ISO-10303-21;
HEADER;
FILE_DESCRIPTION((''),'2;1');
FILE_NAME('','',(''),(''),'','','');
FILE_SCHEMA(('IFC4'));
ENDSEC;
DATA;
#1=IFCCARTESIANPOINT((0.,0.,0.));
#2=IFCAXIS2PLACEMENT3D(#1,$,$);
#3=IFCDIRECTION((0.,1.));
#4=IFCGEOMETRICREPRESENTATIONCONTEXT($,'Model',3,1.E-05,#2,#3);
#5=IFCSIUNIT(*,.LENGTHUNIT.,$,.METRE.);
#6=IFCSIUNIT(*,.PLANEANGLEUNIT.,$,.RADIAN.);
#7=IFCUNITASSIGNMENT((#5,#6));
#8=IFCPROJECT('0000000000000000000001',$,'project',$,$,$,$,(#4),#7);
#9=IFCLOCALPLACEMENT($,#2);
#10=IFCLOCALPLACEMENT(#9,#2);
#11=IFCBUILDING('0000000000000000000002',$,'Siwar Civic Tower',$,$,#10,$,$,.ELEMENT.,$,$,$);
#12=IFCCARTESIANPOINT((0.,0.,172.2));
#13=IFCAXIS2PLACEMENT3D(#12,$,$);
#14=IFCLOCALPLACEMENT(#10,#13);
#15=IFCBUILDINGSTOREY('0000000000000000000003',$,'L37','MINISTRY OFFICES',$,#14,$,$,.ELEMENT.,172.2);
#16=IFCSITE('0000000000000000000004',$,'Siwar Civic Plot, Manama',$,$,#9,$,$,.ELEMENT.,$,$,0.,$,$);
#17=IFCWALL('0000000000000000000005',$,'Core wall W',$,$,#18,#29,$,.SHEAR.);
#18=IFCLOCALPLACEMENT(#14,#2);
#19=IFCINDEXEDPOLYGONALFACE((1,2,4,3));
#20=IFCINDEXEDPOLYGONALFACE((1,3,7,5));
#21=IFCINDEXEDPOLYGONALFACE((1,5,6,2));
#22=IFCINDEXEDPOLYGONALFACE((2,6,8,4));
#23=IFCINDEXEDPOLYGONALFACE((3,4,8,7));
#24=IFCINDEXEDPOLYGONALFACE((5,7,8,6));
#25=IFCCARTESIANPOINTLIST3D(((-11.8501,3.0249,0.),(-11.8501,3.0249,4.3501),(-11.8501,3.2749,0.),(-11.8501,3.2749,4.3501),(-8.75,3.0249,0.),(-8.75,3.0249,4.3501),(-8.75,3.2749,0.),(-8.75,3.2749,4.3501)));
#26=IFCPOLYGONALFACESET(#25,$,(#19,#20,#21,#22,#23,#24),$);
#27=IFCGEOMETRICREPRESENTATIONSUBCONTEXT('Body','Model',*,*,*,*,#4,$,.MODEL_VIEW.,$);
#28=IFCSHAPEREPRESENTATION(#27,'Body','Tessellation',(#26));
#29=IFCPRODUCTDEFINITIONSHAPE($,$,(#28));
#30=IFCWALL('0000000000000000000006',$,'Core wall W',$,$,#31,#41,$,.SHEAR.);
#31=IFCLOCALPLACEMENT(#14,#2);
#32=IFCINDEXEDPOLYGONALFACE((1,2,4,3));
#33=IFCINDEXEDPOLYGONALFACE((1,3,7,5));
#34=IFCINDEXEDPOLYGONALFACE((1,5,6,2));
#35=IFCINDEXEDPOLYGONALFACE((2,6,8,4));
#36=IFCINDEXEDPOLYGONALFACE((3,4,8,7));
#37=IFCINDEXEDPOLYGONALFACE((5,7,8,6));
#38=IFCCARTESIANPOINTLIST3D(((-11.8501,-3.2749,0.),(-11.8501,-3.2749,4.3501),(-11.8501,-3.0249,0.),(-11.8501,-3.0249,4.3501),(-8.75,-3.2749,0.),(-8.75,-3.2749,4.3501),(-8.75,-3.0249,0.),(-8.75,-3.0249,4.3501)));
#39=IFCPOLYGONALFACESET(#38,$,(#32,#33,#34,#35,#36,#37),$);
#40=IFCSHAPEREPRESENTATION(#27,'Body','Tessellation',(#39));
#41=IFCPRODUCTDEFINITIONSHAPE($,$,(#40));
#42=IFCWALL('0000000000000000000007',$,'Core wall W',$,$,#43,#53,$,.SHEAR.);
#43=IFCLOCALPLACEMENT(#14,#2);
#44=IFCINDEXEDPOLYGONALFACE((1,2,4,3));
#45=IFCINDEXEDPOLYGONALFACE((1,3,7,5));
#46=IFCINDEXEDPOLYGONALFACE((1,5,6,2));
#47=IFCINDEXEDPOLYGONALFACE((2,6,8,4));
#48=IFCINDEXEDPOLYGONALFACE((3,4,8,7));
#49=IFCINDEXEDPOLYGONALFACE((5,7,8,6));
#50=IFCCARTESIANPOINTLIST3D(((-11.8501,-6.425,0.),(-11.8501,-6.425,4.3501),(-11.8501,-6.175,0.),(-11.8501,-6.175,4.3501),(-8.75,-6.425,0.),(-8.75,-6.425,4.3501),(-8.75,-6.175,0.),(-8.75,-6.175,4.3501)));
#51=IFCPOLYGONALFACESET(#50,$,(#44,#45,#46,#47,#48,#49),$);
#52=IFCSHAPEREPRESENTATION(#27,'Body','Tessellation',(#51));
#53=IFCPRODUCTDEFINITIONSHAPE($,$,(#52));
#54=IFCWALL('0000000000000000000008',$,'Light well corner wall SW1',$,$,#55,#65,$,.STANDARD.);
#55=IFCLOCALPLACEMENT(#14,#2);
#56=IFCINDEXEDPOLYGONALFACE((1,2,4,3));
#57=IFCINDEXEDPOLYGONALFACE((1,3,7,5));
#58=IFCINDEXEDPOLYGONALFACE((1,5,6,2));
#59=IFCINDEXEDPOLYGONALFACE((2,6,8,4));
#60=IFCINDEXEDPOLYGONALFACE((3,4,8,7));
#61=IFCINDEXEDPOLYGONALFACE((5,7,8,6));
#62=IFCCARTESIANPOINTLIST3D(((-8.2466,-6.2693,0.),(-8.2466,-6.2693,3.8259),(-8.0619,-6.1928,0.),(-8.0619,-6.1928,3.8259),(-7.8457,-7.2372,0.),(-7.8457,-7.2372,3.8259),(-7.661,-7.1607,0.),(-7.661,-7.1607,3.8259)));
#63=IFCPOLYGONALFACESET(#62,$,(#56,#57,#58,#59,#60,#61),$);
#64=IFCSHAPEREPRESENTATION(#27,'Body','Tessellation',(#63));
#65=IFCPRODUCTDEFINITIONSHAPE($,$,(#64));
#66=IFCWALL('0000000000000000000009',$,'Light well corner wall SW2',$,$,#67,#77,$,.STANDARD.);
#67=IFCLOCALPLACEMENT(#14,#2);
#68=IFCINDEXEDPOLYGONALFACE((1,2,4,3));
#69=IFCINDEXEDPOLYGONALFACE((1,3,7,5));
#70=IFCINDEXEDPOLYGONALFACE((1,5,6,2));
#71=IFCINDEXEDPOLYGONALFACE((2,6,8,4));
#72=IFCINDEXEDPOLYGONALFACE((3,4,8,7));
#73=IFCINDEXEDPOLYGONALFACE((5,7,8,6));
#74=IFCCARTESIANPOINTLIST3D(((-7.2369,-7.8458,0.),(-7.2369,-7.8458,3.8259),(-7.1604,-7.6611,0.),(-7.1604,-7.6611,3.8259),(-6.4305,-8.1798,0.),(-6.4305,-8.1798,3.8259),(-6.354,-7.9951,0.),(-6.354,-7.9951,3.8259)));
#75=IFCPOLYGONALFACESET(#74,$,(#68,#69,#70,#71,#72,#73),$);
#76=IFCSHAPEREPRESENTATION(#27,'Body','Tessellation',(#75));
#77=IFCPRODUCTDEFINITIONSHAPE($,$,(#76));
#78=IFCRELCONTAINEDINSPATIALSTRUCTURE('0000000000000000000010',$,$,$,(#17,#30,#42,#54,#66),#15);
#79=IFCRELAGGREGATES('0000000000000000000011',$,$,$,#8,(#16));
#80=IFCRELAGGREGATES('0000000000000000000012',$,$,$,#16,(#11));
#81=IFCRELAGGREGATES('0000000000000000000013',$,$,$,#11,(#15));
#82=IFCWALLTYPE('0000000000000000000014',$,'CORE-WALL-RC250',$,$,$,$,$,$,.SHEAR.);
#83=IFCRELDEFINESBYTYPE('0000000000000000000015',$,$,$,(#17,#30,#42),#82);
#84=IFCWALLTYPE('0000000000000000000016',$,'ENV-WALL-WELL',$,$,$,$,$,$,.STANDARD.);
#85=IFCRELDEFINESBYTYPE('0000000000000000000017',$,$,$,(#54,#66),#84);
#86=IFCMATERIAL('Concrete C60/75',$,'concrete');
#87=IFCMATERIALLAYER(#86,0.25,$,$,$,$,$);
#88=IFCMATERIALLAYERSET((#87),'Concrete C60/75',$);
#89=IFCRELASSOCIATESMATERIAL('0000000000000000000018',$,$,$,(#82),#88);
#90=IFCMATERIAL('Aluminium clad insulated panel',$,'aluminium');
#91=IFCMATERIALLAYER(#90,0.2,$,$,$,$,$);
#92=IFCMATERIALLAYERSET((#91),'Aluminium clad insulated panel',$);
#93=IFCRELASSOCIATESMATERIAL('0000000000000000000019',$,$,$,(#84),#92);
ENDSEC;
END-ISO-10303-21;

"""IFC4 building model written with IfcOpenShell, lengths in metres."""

from ifc_helpers import new_model, si_unit, direction, frame, frame_2d, origin, place, context, subcontext, project, spatial, rectangle, extrude, material, layer, layer_set, type_object, element, save


model = new_model("IFC4")

# Units and contexts
model_context = context("Model", 3, precision=1e-05, world=origin(), true_north=direction((0.0, 1.0)))
body_context = subcontext(model_context, "Body", "Model", "MODEL_VIEW")
ifc_project = project(units=[si_unit("LENGTHUNIT", "METRE"), si_unit("PLANEANGLEUNIT", "RADIAN")], contexts=[model_context])

# Site, building, storey
site_placement = place(None, origin())
site = spatial("IfcSite", under=ifc_project, at=site_placement, Name="Siwar Civic Plot, Manama", CompositionType="ELEMENT", RefElevation=0.0)
building_placement = place(site_placement, origin())
building = spatial("IfcBuilding", under=site, at=building_placement, Name="Siwar Civic Tower", CompositionType="ELEMENT")
storey_placement = place(building_placement, frame((0.0, 0.0, 172.2)))
storey = spatial("IfcBuildingStorey", under=building, at=storey_placement, Name="L37", Description="MINISTRY OFFICES", CompositionType="ELEMENT", Elevation=172.2)

# Shared definitions
ifc_material_1 = material(Name="Concrete C60/75", Category="concrete")
ifc_layer_1 = layer(ifc_material_1, 0.25)
ifc_layer_set_1 = layer_set([ifc_layer_1], Name="Concrete C60/75")
wall_type_1 = type_object("IfcWallType", Name="CORE-WALL-RC250", PredefinedType="SHEAR", material=ifc_layer_set_1)

# Walls
for number, where, z_axis, x_axis, name in (
    (1, (-8.75, 3.1499, 0.0), (0.0, 0.0, 1.0), (-1.0, 0.0, 0.0), "Core wall W"),
    (2, (-8.75, -3.1499, 0.0), (0.0, 0.0, 1.0), (-1.0, 0.0, 0.0), "Core wall W"),
    (3, (-8.75, -6.3, 0.0), (0.0, 0.0, 1.0), (-1.0, 0.0, 0.0), "Core wall W"),
):
    element("IfcWall", number, at=place(storey_placement, frame(where, z_axis=z_axis, x_axis=x_axis)), inside=storey, type_object=wall_type_1, Name=name, PredefinedType="SHEAR", context=body_context, shape_type="SweptSolid", body=[
        extrude(rectangle(XDim=3.1001, YDim=0.25, at=frame_2d((1.55, 0.0))), origin(), (0.0, 0.0, 1.0), 4.3501),
    ])
ifc_material_2 = material(Name="Aluminium clad insulated panel", Category="aluminium")
ifc_layer_2 = layer(ifc_material_2, 0.2)
ifc_layer_set_2 = layer_set([ifc_layer_2], Name="Aluminium clad insulated panel")
wall_type_2 = type_object("IfcWallType", Name="ENV-WALL-WELL", PredefinedType="STANDARD", material=ifc_layer_set_2)
wall_1_placement = place(storey_placement, frame((-8.1543, -6.231, 0.0), z_axis=(0.0, 0.0, 1.0), x_axis=(0.382695, -0.923875, 0.0)))
element("IfcWall", 4, at=wall_1_placement, inside=storey, type_object=wall_type_2, Name="Light well corner wall SW1", PredefinedType="STANDARD", context=body_context, shape_type="SweptSolid", body=[
    extrude(rectangle(XDim=1.0476, YDim=0.2, at=frame_2d((0.5239, 0.0))), origin(), (0.0, 0.0, 1.0), 3.8259),
])
wall_2_placement = place(storey_placement, frame((-7.1987, -7.7534, 0.0), z_axis=(0.0, 0.0, 1.0), x_axis=(0.923894, -0.382648, 0.0)))
element("IfcWall", 5, at=wall_2_placement, inside=storey, type_object=wall_type_2, Name="Light well corner wall SW2", PredefinedType="STANDARD", context=body_context, shape_type="SweptSolid", body=[
    extrude(rectangle(XDim=0.8728, YDim=0.2, at=frame_2d((0.4365, 0.0))), origin(), (0.0, 0.0, 1.0), 3.8259),
])

save(model, "model.ifc")
